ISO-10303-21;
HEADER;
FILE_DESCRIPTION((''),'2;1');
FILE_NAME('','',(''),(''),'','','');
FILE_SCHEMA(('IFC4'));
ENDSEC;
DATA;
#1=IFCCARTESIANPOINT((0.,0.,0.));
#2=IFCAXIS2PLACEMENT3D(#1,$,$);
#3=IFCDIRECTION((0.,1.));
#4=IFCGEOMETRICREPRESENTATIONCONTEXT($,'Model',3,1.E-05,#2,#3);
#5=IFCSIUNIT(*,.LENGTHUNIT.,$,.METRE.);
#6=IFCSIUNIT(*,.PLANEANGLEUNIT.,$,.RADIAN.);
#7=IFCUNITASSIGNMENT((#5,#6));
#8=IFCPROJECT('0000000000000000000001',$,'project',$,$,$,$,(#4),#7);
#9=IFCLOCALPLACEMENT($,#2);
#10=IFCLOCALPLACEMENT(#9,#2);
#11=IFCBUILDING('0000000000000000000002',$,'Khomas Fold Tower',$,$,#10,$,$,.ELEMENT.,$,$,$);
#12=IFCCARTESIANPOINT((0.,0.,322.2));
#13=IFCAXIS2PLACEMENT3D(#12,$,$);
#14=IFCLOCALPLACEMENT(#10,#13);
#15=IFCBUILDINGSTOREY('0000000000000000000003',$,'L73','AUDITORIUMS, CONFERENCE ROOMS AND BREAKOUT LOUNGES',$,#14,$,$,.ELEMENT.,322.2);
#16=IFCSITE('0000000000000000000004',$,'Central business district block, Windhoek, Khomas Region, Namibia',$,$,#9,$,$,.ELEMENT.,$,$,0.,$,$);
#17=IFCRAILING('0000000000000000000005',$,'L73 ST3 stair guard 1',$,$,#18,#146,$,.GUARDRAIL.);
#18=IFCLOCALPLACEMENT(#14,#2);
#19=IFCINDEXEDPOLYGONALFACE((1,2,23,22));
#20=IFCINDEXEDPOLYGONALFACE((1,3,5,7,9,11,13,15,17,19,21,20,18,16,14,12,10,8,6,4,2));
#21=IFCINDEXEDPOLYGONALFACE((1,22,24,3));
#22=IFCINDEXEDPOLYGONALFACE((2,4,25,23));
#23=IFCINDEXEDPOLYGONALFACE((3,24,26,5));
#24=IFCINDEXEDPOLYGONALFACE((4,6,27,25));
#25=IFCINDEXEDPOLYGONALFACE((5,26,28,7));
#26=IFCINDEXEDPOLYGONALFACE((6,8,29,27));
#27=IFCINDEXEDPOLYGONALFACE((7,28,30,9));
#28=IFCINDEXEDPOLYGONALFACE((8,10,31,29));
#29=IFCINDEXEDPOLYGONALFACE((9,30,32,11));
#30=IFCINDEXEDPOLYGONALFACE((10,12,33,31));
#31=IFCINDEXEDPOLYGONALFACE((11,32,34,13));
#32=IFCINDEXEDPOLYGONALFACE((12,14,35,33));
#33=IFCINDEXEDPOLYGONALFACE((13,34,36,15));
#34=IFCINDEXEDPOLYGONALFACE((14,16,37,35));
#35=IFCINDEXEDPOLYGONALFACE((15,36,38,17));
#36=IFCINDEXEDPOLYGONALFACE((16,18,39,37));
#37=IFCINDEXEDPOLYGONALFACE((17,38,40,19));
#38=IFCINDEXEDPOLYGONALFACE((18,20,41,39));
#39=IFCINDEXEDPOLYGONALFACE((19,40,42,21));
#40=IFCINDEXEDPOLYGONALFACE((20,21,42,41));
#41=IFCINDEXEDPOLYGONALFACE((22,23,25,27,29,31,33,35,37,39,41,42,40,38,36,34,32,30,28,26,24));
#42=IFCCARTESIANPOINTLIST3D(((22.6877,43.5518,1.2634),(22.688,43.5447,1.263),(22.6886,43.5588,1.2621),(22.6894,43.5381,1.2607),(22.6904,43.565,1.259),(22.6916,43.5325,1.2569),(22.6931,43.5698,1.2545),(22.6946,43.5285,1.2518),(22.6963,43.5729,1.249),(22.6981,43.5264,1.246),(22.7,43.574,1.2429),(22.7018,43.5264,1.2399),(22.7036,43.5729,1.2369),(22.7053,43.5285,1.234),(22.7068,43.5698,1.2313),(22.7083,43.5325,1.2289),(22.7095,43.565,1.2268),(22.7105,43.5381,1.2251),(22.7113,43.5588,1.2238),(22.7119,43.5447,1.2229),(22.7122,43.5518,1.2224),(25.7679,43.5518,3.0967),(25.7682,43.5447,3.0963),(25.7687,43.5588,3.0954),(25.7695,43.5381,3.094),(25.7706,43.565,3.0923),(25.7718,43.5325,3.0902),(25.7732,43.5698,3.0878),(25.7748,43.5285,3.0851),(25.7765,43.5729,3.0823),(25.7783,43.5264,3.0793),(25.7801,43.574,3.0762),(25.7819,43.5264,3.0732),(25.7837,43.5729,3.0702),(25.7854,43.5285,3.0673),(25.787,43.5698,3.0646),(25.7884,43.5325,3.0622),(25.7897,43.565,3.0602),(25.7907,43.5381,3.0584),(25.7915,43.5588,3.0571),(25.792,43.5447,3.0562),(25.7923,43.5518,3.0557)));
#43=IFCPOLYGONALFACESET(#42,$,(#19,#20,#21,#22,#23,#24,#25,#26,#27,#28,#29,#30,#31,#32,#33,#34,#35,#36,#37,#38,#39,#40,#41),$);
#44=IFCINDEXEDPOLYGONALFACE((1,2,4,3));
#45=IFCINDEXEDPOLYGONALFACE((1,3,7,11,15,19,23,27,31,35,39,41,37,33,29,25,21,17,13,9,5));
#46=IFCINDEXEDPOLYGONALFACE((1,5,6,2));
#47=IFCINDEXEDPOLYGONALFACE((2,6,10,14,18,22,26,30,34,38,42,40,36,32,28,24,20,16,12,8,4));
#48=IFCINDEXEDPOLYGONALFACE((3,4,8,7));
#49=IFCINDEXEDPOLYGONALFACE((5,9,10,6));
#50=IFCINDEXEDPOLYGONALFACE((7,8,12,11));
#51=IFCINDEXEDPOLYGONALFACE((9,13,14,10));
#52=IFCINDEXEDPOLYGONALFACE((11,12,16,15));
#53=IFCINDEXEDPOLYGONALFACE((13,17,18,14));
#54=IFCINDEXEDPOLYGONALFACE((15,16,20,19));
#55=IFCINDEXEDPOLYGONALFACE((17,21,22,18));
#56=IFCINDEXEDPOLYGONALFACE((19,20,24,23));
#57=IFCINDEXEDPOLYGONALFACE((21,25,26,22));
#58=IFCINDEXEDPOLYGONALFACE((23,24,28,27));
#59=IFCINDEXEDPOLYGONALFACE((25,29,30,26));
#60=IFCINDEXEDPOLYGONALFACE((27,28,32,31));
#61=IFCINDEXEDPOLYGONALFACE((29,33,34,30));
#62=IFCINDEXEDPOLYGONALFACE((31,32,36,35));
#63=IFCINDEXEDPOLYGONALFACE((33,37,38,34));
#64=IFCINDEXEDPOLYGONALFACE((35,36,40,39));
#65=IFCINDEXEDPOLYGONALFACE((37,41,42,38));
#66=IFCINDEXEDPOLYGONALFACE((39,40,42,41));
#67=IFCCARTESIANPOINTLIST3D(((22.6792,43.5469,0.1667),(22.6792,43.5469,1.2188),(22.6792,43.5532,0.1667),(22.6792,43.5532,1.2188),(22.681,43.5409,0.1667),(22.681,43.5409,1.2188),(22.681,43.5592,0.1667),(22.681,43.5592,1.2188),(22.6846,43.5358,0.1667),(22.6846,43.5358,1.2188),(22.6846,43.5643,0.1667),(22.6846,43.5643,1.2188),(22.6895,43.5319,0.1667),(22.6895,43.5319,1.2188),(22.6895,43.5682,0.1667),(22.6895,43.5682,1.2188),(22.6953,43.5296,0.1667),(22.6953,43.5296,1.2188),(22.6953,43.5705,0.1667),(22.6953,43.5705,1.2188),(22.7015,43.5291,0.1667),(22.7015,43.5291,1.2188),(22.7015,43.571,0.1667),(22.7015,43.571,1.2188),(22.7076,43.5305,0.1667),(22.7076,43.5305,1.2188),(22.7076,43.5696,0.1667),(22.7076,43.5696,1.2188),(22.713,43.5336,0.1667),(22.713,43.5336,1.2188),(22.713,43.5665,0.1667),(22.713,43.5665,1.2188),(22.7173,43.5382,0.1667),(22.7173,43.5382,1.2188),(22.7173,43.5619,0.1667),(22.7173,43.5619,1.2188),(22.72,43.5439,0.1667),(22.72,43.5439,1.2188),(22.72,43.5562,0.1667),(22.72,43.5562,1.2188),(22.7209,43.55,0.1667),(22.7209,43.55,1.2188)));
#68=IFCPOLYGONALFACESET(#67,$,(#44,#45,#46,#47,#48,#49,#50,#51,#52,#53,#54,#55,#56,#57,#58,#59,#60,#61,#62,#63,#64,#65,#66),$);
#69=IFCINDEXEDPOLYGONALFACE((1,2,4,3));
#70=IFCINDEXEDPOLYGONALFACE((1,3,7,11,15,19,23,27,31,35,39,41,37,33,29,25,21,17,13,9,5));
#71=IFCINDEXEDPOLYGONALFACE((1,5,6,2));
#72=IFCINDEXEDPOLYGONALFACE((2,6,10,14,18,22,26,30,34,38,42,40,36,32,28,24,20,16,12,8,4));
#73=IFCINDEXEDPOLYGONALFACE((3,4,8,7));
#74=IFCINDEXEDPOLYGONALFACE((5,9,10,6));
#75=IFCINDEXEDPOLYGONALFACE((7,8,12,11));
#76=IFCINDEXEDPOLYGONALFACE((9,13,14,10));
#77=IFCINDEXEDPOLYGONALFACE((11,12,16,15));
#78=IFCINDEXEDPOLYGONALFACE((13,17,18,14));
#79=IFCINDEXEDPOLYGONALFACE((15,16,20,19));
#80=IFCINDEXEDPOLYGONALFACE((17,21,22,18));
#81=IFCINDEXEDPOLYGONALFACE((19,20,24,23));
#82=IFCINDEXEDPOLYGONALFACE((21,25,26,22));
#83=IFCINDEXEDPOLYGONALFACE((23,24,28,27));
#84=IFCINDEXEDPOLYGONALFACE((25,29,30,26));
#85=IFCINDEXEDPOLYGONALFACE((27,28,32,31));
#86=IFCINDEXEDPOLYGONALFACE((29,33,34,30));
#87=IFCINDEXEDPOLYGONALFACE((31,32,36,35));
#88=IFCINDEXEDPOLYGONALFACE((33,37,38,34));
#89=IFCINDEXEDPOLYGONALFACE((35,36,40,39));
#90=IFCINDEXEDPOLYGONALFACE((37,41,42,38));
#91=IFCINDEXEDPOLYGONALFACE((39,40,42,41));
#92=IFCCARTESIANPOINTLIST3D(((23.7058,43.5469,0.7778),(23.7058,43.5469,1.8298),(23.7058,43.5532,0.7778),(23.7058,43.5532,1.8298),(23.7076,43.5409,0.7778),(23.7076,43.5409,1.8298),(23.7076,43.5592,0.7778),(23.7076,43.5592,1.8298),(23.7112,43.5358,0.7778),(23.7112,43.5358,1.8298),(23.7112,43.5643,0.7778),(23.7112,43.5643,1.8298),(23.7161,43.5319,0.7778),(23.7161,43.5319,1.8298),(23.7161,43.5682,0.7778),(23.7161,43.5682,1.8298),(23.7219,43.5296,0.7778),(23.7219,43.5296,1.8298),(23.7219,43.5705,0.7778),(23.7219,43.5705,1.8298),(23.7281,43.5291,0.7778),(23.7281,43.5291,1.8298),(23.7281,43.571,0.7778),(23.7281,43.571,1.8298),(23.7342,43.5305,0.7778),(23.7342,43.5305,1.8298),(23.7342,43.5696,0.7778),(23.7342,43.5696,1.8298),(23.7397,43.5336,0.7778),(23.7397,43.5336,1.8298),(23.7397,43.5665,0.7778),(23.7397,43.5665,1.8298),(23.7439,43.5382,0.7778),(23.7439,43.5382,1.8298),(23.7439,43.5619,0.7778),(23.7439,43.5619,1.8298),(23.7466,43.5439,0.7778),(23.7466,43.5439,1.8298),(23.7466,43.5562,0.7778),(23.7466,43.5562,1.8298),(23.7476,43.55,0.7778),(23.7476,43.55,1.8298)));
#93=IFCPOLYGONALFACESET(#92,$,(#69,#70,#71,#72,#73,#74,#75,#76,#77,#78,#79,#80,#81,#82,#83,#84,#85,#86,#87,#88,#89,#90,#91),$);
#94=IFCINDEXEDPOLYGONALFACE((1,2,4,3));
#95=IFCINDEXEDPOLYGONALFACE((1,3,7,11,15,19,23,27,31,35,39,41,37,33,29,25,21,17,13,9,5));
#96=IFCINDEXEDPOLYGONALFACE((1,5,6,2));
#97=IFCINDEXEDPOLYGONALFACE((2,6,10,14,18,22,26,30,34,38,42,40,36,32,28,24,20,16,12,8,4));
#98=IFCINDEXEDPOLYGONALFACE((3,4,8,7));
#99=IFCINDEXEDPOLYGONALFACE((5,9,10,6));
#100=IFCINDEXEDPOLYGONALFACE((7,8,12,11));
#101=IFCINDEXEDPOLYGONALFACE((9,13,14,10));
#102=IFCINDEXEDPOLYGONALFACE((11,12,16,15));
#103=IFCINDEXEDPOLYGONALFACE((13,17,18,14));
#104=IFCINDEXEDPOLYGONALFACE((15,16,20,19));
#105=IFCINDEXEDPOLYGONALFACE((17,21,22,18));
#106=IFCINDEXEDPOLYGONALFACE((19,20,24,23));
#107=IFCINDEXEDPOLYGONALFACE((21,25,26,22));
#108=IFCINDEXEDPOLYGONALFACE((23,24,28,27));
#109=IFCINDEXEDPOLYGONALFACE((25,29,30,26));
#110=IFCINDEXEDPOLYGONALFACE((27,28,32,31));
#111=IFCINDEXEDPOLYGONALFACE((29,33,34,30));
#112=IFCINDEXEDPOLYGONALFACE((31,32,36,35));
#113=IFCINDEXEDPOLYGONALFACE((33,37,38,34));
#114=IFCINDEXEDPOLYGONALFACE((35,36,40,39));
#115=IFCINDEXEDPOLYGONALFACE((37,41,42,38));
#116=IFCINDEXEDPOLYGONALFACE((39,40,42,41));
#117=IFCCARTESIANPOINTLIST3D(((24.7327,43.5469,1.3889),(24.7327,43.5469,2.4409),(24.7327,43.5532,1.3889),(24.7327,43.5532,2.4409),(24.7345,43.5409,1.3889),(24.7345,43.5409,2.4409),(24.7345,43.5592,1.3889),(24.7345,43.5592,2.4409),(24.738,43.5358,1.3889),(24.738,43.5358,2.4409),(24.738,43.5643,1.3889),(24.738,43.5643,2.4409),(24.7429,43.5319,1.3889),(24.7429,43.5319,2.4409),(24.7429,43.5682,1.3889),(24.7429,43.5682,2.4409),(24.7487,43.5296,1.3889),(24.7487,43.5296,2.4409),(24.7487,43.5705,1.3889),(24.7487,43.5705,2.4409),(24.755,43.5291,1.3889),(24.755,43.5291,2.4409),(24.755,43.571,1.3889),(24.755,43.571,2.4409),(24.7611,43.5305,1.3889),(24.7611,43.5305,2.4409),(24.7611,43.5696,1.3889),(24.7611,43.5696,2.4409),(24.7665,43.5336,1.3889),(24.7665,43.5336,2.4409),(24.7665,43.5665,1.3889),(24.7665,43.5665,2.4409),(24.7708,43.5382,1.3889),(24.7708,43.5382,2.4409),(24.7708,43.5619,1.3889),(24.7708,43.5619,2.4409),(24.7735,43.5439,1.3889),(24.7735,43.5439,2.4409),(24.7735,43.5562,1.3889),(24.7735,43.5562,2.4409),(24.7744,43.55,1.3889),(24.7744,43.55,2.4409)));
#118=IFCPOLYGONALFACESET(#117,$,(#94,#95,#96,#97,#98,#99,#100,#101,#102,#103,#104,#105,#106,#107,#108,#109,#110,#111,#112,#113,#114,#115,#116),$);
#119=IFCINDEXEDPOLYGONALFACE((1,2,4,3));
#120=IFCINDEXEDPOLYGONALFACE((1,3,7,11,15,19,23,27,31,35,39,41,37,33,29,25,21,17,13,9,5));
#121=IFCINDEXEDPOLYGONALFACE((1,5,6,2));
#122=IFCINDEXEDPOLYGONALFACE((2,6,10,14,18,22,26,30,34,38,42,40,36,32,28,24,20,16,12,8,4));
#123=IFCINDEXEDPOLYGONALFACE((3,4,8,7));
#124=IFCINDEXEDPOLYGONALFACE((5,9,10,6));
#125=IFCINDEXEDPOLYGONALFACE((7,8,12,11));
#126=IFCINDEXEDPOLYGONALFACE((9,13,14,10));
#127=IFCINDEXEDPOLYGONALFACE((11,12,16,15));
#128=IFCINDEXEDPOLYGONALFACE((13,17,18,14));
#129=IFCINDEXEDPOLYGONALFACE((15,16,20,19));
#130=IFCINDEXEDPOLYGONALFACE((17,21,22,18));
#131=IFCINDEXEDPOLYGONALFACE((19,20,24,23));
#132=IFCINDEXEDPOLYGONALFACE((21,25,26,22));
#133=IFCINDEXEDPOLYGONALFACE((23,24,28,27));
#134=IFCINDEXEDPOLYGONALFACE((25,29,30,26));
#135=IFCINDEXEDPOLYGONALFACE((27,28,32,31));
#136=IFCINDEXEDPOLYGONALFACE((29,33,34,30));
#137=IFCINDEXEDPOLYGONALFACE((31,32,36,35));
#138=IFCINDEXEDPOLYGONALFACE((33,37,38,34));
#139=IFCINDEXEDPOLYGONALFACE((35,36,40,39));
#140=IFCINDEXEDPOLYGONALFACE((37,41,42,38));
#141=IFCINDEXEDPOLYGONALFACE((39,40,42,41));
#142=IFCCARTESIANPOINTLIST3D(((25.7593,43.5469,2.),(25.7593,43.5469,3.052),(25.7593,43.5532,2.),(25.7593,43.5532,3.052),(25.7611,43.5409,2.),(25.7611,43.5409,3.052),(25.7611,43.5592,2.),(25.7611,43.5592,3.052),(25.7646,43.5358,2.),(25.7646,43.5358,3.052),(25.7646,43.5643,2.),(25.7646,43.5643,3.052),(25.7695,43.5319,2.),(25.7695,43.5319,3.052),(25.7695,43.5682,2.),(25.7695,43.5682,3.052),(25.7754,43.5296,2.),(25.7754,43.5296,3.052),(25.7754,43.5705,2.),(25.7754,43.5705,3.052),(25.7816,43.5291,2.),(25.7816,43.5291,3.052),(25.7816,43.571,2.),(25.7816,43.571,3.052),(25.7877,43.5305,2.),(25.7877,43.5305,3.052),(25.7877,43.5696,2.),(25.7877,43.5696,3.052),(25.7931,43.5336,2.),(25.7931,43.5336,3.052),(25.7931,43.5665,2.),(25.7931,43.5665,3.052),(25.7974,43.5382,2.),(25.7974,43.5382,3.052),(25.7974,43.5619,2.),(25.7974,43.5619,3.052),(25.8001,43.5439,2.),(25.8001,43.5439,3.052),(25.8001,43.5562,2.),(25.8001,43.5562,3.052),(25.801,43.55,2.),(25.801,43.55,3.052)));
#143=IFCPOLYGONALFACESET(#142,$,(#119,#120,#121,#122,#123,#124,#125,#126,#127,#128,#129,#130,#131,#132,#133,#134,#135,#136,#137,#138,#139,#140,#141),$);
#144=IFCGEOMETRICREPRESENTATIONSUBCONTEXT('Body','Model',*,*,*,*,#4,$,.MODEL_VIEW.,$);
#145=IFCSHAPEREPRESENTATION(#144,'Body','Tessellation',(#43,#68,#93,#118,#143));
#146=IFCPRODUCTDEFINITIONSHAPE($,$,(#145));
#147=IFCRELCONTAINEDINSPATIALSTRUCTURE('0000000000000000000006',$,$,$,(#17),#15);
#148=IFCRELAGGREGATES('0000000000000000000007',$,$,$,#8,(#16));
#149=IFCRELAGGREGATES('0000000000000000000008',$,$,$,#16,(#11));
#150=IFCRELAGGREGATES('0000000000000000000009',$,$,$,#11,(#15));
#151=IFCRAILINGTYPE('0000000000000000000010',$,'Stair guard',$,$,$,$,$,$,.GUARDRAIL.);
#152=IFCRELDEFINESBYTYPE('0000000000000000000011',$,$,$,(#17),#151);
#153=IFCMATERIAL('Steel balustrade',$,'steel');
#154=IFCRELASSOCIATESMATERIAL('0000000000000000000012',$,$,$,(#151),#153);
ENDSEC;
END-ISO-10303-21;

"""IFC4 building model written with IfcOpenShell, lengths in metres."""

from ifc_helpers import new_model, si_unit, direction, frame, origin, origin_2d, place, context, subcontext, project, spatial, circle, extrude, source, transform, mapped, material, type_object, element, save


model = new_model("IFC4")

# Units and contexts
model_context = context("Model", 3, precision=1e-05, world=origin(), true_north=direction((0.0, 1.0)))
body_context = subcontext(model_context, "Body", "Model", "MODEL_VIEW")
ifc_project = project(units=[si_unit("LENGTHUNIT", "METRE"), si_unit("PLANEANGLEUNIT", "RADIAN")], contexts=[model_context])

# Site, building, storey
site_placement = place(None, origin())
site = spatial("IfcSite", under=ifc_project, at=site_placement, Name="Central business district block, Windhoek, Khomas Region, Namibia", CompositionType="ELEMENT", RefElevation=0.0)
building_placement = place(site_placement, origin())
building = spatial("IfcBuilding", under=site, at=building_placement, Name="Khomas Fold Tower", CompositionType="ELEMENT")
storey_placement = place(building_placement, frame((0.0, 0.0, 322.2)))
storey = spatial("IfcBuildingStorey", under=building, at=storey_placement, Name="L73", Description="AUDITORIUMS, CONFERENCE ROOMS AND BREAKOUT LOUNGES", CompositionType="ELEMENT", Elevation=322.2)

# Railing
ifc_material_1 = material(Name="Steel balustrade", Category="steel")
railing_type_1 = type_object("IfcRailingType", Name="Stair guard", PredefinedType="GUARDRAIL", material=ifc_material_1)
shared_shape_1 = source(origin(), body_context, "Body", "SweptSolid", [
    extrude(circle(Radius=0.0239, at=origin_2d()), frame((0.0, 0.0, 1.0762), z_axis=(0.859309, 0.0, 0.511458), x_axis=(0.0, 1.0, 0.0)), (0.0, 0.0, 1.0), 3.5845),
    extrude(circle(Radius=0.021, at=origin_2d()), origin(), (0.0, 0.0, 1.0), 1.052),
    extrude(circle(Radius=0.021, at=origin_2d()), frame((1.0266, 0.0, 0.6111)), (0.0, 0.0, 1.0), 1.052),
    extrude(circle(Radius=0.021, at=origin_2d()), frame((2.0535, 0.0, 1.2222)), (0.0, 0.0, 1.0), 1.052),
    extrude(circle(Radius=0.021, at=origin_2d()), frame((3.0801, 0.0, 1.8333)), (0.0, 0.0, 1.0), 1.052),
])
railing_1_placement = place(storey_placement, frame((22.7, 43.55, 0.1667)))
element("IfcRailing", 1, at=railing_1_placement, inside=storey, type_object=railing_type_1, Name="L73 ST3 stair guard 1", PredefinedType="GUARDRAIL", context=body_context, shape_type="MappedRepresentation", body=[
    mapped(shared_shape_1, transform((0.0, 0.0, 0.0))),
])

save(model, "model.ifc")
